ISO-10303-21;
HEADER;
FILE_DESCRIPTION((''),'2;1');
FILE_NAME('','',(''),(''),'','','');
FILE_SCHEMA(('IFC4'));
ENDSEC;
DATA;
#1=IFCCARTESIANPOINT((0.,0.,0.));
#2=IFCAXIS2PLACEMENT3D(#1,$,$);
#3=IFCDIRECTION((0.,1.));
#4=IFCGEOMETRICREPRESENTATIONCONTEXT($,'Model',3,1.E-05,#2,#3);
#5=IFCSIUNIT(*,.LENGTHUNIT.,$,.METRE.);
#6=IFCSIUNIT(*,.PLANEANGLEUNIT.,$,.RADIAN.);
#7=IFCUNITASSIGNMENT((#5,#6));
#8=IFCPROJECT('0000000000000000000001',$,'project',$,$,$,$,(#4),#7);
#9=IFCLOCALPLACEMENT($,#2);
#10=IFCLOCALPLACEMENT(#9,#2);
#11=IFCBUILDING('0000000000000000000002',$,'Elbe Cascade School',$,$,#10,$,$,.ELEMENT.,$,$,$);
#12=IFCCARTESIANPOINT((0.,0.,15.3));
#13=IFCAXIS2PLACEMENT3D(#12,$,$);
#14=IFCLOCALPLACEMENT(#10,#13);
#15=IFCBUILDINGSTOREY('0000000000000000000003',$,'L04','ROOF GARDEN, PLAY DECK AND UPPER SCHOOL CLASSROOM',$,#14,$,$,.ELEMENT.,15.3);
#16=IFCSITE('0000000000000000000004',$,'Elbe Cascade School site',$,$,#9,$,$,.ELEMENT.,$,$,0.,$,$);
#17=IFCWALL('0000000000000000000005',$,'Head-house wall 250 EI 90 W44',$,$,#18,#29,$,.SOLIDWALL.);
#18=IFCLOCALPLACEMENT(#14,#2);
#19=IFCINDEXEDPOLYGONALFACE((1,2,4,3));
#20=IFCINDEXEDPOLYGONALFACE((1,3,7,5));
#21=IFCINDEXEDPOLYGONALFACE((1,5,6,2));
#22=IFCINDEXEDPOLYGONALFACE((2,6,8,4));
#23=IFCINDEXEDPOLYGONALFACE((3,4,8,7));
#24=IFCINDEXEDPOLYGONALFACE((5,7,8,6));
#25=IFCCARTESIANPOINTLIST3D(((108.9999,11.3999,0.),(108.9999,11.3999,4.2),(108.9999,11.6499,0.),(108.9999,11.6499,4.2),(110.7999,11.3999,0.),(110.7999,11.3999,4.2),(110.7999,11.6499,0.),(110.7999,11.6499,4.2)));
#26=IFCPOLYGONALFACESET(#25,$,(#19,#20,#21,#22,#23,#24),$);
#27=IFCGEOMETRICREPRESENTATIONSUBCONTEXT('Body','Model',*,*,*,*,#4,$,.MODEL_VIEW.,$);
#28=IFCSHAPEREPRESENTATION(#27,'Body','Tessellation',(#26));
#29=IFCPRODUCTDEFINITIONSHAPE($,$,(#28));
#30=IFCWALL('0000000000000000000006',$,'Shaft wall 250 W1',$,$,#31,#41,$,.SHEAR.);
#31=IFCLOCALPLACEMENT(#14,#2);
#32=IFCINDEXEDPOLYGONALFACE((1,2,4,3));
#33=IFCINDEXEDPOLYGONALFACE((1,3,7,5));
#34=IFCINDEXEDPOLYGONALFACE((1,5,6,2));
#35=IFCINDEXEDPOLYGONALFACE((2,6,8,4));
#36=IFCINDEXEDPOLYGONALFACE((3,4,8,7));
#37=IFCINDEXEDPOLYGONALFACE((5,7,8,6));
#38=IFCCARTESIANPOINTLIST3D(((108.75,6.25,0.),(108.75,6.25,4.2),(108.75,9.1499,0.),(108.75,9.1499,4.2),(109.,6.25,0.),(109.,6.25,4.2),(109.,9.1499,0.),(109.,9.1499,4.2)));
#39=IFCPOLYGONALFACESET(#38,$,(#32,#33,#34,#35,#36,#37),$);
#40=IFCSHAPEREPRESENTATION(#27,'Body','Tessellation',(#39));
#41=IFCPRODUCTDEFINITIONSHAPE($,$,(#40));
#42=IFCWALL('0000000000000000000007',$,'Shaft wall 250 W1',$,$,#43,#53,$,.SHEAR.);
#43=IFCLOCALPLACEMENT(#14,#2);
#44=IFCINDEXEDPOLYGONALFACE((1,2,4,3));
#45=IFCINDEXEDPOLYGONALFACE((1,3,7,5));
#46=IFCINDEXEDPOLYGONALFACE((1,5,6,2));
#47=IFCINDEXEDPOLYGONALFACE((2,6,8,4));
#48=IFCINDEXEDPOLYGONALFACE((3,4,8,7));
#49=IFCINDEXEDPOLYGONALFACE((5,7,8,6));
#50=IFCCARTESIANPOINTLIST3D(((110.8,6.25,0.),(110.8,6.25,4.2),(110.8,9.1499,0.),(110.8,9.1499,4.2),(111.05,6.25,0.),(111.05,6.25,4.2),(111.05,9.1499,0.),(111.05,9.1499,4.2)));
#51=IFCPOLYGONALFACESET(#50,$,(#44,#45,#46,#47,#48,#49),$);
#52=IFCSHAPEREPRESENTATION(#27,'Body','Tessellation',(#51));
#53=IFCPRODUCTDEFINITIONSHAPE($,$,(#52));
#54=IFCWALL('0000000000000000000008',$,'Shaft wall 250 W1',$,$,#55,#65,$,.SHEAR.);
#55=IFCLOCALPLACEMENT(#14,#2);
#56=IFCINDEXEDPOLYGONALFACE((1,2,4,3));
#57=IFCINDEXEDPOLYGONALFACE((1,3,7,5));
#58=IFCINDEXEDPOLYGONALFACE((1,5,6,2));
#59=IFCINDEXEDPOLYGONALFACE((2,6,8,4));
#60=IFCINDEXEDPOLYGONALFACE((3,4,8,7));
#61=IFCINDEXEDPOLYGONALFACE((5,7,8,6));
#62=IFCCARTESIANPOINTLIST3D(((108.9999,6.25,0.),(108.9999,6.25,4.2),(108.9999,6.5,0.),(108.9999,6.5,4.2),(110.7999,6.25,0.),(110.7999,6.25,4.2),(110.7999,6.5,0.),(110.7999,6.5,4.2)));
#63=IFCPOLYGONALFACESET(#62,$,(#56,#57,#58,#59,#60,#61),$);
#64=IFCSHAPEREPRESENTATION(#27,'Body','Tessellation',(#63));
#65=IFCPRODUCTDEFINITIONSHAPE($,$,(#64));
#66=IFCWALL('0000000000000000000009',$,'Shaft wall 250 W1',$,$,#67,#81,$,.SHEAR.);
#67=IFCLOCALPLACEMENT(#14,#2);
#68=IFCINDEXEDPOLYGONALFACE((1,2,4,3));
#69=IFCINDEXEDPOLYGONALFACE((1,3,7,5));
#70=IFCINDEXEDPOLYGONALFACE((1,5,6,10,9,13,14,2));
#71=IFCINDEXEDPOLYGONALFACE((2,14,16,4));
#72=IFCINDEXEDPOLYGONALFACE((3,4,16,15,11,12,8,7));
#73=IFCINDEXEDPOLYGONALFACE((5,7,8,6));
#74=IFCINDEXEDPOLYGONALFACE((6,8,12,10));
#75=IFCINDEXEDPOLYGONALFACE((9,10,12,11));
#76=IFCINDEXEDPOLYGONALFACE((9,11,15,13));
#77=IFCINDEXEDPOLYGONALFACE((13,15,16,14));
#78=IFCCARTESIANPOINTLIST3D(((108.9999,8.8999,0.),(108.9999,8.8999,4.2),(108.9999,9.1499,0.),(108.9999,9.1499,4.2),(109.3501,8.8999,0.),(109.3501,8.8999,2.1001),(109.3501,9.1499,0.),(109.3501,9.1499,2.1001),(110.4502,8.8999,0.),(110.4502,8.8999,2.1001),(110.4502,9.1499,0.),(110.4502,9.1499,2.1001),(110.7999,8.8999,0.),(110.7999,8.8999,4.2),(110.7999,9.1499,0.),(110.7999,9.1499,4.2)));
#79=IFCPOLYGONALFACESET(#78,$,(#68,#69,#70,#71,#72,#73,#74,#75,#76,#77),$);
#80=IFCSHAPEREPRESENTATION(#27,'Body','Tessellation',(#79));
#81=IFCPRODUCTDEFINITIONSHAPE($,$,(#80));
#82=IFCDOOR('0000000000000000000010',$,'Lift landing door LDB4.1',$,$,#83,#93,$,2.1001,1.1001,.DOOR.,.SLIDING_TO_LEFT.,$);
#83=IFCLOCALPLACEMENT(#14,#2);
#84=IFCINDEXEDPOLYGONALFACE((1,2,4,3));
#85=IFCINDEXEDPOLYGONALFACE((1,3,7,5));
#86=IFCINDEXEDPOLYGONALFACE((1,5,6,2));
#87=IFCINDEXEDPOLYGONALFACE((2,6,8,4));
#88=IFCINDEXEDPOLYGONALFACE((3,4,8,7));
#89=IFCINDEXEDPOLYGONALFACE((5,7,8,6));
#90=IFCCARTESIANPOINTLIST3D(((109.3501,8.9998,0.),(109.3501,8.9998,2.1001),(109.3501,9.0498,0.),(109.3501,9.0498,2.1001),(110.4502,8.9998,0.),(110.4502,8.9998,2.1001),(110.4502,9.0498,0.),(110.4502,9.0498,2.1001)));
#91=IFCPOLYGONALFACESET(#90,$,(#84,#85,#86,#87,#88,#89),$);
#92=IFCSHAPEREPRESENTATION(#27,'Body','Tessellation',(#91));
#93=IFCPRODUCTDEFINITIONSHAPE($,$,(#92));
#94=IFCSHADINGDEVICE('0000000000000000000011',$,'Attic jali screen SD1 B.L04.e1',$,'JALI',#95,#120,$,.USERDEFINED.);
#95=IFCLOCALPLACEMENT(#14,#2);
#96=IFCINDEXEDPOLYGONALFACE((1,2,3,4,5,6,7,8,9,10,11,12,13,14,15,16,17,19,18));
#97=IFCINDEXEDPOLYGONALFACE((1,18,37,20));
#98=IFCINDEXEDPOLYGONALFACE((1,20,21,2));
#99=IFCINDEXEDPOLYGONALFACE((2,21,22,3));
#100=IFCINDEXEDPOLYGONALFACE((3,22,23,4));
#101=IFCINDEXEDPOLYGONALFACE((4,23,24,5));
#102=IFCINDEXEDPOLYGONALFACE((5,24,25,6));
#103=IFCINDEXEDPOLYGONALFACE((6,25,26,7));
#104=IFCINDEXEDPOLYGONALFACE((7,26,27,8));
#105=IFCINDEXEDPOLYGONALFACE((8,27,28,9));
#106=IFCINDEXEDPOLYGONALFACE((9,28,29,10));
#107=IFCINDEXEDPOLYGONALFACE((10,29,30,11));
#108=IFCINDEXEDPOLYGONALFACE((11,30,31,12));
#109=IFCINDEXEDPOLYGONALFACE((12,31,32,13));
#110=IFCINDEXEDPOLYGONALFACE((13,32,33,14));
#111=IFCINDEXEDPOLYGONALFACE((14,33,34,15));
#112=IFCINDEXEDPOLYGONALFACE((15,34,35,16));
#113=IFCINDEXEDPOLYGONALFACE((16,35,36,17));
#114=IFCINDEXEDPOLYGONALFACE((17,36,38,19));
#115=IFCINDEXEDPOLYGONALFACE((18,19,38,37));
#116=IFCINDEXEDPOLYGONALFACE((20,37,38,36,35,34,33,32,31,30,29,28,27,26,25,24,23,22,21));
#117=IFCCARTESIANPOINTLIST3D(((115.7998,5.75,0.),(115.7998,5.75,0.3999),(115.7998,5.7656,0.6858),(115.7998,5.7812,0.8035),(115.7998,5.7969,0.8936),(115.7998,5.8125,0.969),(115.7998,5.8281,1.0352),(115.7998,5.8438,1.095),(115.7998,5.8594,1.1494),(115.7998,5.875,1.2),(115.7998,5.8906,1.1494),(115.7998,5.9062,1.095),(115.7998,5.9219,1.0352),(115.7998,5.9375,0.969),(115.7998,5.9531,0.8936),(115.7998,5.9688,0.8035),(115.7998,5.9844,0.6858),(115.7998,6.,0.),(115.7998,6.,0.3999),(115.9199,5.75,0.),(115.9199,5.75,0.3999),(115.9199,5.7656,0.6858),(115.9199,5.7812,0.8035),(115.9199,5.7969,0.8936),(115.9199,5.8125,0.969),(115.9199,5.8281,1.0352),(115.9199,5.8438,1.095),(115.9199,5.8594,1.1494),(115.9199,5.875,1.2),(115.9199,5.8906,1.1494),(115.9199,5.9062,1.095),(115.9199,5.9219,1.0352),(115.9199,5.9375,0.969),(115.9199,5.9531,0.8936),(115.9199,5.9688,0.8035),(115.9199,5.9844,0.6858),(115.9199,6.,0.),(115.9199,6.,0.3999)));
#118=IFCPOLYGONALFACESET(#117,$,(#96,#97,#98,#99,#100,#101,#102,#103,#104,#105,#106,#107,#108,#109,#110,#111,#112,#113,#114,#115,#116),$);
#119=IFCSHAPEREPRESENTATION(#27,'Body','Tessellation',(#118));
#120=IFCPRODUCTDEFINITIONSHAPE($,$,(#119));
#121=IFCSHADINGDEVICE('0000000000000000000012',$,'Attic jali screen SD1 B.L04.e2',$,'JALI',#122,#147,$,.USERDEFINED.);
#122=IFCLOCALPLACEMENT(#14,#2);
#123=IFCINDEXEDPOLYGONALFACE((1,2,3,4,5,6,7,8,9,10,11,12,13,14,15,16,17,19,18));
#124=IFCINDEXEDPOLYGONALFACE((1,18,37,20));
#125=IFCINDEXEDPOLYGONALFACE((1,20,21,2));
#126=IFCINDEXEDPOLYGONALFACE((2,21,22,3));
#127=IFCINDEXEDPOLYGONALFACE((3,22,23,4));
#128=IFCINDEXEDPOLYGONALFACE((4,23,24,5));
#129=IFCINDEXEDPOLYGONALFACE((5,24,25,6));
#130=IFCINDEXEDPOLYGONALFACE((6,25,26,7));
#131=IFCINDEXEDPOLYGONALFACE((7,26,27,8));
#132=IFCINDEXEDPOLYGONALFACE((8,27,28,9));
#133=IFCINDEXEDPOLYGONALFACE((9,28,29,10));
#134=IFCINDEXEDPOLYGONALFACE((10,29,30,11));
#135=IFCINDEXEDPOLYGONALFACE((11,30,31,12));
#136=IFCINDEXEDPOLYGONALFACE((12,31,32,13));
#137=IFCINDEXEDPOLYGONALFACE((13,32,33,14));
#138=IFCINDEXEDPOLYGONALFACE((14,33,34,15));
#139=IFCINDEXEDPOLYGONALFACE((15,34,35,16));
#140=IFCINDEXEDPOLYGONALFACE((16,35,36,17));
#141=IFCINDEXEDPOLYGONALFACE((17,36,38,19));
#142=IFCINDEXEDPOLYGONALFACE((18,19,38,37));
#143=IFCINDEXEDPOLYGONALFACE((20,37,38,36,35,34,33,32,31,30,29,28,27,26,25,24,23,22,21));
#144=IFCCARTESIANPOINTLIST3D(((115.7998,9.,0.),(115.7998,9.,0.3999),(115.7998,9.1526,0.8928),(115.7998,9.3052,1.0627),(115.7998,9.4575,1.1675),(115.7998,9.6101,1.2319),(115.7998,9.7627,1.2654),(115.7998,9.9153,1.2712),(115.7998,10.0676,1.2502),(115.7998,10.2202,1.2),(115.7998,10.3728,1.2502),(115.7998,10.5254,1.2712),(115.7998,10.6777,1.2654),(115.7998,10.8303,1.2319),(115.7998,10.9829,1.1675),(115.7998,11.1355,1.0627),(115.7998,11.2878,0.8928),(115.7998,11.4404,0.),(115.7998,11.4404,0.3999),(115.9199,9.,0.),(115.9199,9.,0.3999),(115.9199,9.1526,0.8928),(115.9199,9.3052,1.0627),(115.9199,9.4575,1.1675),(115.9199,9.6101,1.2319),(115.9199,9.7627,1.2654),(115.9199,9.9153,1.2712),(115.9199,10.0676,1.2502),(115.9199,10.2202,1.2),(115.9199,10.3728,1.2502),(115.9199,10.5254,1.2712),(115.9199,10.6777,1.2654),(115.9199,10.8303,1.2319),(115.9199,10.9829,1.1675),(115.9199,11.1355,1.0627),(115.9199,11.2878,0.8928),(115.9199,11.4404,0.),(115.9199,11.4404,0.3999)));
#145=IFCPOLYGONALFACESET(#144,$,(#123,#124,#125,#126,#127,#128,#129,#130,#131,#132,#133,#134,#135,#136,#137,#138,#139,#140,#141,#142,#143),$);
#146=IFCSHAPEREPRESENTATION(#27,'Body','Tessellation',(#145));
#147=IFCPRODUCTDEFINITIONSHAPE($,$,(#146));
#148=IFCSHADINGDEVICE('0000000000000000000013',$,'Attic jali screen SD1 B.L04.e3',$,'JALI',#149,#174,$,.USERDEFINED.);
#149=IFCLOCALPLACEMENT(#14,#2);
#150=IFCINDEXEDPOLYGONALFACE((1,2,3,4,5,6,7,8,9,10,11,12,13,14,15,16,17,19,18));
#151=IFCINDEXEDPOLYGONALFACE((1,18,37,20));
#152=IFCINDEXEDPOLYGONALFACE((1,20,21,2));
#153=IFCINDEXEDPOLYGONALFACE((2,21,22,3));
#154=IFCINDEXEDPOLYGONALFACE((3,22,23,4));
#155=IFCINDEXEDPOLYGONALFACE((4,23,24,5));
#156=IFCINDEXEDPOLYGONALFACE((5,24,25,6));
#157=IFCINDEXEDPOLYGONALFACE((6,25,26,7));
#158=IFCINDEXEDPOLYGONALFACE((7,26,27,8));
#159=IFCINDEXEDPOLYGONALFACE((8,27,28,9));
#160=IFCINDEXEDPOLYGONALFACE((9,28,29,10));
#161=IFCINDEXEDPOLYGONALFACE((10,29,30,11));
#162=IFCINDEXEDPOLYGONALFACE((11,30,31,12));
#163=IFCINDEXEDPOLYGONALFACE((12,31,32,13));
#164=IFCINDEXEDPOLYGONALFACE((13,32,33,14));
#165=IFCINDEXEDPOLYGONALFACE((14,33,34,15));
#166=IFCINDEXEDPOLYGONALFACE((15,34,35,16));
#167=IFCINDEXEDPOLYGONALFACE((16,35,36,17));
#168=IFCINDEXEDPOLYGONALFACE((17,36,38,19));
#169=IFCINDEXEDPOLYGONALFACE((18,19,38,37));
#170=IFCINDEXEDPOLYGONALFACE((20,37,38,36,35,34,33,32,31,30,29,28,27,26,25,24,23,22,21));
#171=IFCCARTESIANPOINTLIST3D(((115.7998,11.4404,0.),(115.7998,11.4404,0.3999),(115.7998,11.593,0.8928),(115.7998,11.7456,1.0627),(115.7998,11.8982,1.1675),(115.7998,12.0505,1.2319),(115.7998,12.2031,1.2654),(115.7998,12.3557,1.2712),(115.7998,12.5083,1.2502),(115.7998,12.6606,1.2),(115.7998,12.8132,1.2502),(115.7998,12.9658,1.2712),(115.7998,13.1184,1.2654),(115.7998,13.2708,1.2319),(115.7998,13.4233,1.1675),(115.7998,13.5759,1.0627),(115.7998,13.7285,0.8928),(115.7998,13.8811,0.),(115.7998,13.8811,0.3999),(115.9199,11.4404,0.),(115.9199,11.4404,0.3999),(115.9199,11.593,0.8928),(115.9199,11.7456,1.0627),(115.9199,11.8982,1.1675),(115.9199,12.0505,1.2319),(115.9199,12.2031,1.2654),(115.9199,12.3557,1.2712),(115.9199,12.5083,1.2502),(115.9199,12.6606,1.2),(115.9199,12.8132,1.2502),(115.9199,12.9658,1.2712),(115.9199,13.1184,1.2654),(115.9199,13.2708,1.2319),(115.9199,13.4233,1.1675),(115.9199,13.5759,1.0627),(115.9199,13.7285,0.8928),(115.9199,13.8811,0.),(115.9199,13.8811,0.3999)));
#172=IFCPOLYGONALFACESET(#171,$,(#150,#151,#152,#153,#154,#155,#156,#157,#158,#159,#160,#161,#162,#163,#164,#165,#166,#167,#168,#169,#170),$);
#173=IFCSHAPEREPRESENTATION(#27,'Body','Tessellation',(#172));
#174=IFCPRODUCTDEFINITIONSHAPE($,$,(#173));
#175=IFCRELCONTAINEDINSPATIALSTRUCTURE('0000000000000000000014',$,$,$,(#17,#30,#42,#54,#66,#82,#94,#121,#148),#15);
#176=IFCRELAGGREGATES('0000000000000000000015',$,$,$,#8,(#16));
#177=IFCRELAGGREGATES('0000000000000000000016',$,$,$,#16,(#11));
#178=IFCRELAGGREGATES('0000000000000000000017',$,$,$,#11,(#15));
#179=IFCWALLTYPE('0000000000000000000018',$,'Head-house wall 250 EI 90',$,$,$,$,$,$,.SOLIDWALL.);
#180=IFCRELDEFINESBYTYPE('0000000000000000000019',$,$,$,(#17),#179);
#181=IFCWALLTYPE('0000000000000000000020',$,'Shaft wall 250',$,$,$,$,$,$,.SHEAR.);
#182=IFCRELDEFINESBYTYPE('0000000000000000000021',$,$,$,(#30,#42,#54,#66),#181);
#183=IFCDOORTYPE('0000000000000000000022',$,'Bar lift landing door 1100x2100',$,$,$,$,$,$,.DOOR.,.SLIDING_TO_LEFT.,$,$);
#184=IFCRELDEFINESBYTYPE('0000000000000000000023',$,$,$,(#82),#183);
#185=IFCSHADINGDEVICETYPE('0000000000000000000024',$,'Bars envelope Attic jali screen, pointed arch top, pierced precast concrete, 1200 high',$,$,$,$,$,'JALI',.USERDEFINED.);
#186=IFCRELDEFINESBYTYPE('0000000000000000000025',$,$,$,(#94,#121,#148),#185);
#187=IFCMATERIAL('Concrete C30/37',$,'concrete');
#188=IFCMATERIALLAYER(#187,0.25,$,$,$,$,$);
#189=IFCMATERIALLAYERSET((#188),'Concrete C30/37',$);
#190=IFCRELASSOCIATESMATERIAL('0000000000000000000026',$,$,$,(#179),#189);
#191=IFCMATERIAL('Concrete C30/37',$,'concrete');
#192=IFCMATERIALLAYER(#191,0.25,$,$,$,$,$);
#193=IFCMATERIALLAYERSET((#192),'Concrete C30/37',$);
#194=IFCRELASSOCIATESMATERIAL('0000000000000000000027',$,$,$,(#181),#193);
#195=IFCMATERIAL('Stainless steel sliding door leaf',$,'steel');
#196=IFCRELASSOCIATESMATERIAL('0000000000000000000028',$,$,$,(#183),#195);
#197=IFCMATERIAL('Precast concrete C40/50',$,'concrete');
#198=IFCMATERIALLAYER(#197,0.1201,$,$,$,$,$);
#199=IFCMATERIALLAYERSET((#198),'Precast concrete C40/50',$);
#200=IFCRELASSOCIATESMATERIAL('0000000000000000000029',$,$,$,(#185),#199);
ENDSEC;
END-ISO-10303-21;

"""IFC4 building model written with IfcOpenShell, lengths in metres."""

from ifc_helpers import new_model, si_unit, direction, frame, frame_2d, origin, place, context, subcontext, project, spatial, polyline, rectangle, outline, extrude, material, layer, layer_set, type_object, element, fill, save


model = new_model("IFC4")

# Units and contexts
model_context = context("Model", 3, precision=1e-05, world=origin(), true_north=direction((0.0, 1.0)))
body_context = subcontext(model_context, "Body", "Model", "MODEL_VIEW")
ifc_project = project(units=[si_unit("LENGTHUNIT", "METRE"), si_unit("PLANEANGLEUNIT", "RADIAN")], contexts=[model_context])

# Site, building, storey
site_placement = place(None, origin())
site = spatial("IfcSite", under=ifc_project, at=site_placement, Name="Elbe Cascade School site", CompositionType="ELEMENT", RefElevation=0.0)
building_placement = place(site_placement, origin())
building = spatial("IfcBuilding", under=site, at=building_placement, Name="Elbe Cascade School", CompositionType="ELEMENT")
storey_placement = place(building_placement, frame((0.0, 0.0, 15.3)))
storey = spatial("IfcBuildingStorey", under=building, at=storey_placement, Name="L04", Description="ROOF GARDEN, PLAY DECK AND UPPER SCHOOL CLASSROOM", CompositionType="ELEMENT", Elevation=15.3)

# Shared definitions
ifc_material_1 = material(Name="Concrete C30/37", Category="concrete")
ifc_layer_1 = layer(ifc_material_1, 0.25)
ifc_layer_set_1 = layer_set([ifc_layer_1], Name="Concrete C30/37")
wall_type_1 = type_object("IfcWallType", Name="Head-house wall 250 EI 90", PredefinedType="SOLIDWALL", material=ifc_layer_set_1)

# Walls
wall_1_placement = place(storey_placement, frame((109.0, 11.5249, 0.0), z_axis=(0.0, 0.0, 1.0), x_axis=(1.0, 0.0, 0.0)))
element("IfcWall", 1, at=wall_1_placement, inside=storey, type_object=wall_type_1, Name="Head-house wall 250 EI 90 W44", PredefinedType="SOLIDWALL", context=body_context, shape_type="SweptSolid", body=[
    extrude(rectangle(XDim=1.8, YDim=0.25, at=frame_2d((0.8999, 0.0))), origin(), (0.0, 0.0, 1.0), 4.2),
])
ifc_material_2 = material(Name="Concrete C30/37", Category="concrete")
ifc_layer_2 = layer(ifc_material_2, 0.25)
ifc_layer_set_2 = layer_set([ifc_layer_2], Name="Concrete C30/37")
wall_type_2 = type_object("IfcWallType", Name="Shaft wall 250", PredefinedType="SHEAR", material=ifc_layer_set_2)
for number, where, z_axis, x_axis, name in (
    (2, (108.875, 6.25, 0.0), (0.0, 0.0, 1.0), (0.0, 1.0, 0.0), "Shaft wall 250 W1"),
    (3, (110.925, 6.25, 0.0), (0.0, 0.0, 1.0), (0.0, 1.0, 0.0), "Shaft wall 250 W1"),
):
    element("IfcWall", number, at=place(storey_placement, frame(where, z_axis=z_axis, x_axis=x_axis)), inside=storey, type_object=wall_type_2, Name=name, PredefinedType="SHEAR", context=body_context, shape_type="SweptSolid", body=[
        extrude(rectangle(XDim=2.8999, YDim=0.25, at=frame_2d((1.45, 0.0))), origin(), (0.0, 0.0, 1.0), 4.2),
    ])
wall_2_placement = place(storey_placement, frame((109.0, 6.375, 0.0), z_axis=(0.0, 0.0, 1.0), x_axis=(1.0, 0.0, 0.0)))
element("IfcWall", 4, at=wall_2_placement, inside=storey, type_object=wall_type_2, Name="Shaft wall 250 W1", PredefinedType="SHEAR", context=body_context, shape_type="SweptSolid", body=[
    extrude(rectangle(XDim=1.8, YDim=0.25, at=frame_2d((0.8999, 0.0))), origin(), (0.0, 0.0, 1.0), 4.2),
])

# Wall, opening, door
wall_3_placement = place(storey_placement, frame((109.0, 9.0249, 0.0), z_axis=(0.0, 0.0, 1.0), x_axis=(1.0, 0.0, 0.0)))
wall_3 = element("IfcWall", 5, at=wall_3_placement, inside=storey, type_object=wall_type_2, Name="Shaft wall 250 W1", PredefinedType="SHEAR", context=body_context, shape_type="SweptSolid", body=[
    extrude(rectangle(XDim=1.8, YDim=0.25, at=frame_2d((0.8999, 0.0))), origin(), (0.0, 0.0, 1.0), 4.2),
])
opening_1_placement = place(wall_3_placement, frame((0.3501, 0.0, 0.0)))
opening_1 = element("IfcOpeningElement", 6, at=opening_1_placement, cuts=wall_3, PredefinedType="OPENING", context=body_context, shape_type="SweptSolid", body=[
    extrude(rectangle(XDim=1.1001, YDim=2.1001, at=frame_2d((0.55, 1.05))), frame((0.0, 0.135, 0.0), z_axis=(0.0, -1.0, 0.0), x_axis=(1.0, 0.0, 0.0)), (0.0, 0.0, 1.0), 0.27),
])
ifc_material_3 = material(Name="Stainless steel sliding door leaf", Category="steel")
door_type_1 = type_object("IfcDoorType", Name="Bar lift landing door 1100x2100", OperationType="SLIDING_TO_LEFT", PredefinedType="DOOR", material=ifc_material_3)
door_1_placement = place(opening_1_placement, origin())
door_1 = element("IfcDoor", 7, at=door_1_placement, inside=storey, type_object=door_type_1, Name="Lift landing door LDB4.1", OperationType="SLIDING_TO_LEFT", OverallHeight=2.1001, OverallWidth=1.1001, PredefinedType="DOOR", context=body_context, shape_type="SweptSolid", body=[
    extrude(rectangle(XDim=1.1001, YDim=2.1001, at=frame_2d((0.55, 1.05))), frame((0.0, 0.0249, 0.0), z_axis=(0.0, -1.0, 0.0), x_axis=(1.0, 0.0, 0.0)), (0.0, 0.0, 1.0), 0.05),
])
fill(opening_1, door_1)

# Shading devices
ifc_material_4 = material(Name="Precast concrete C40/50", Category="concrete")
ifc_layer_3 = layer(ifc_material_4, 0.1201)
ifc_layer_set_3 = layer_set([ifc_layer_3], Name="Precast concrete C40/50")
shading_device_type = type_object("IfcShadingDeviceType", Name="Bars envelope Attic jali screen, pointed arch top, pierced precast concrete, 1200 high", ElementType="JALI", PredefinedType="USERDEFINED", material=ifc_layer_set_3)
shading_device_1_placement = place(storey_placement, frame((115.9199, 5.75, 0.0), z_axis=(1.0, 0.0, 0.0), x_axis=(0.0, 1.0, 0.0)))
element("IfcShadingDevice", 8, at=shading_device_1_placement, inside=storey, type_object=shading_device_type, Name="Attic jali screen SD1 B.L04.e1", ObjectType="JALI", PredefinedType="USERDEFINED", context=body_context, shape_type="SweptSolid", body=[
    extrude(outline(polyline([(0.0, 0.0), (0.25, 0.0), (0.25, 0.3999), (0.2344, 0.6858), (0.2188, 0.8035), (0.2031, 0.8936), (0.1875, 0.969), (0.1719, 1.0352), (0.1562, 1.095), (0.1406, 1.1494), (0.125, 1.2), (0.1094, 1.1494), (0.0938, 1.095), (0.0781, 1.0352), (0.0625, 0.969), (0.0469, 0.8936), (0.0312, 0.8035), (0.0156, 0.6858), (0.0, 0.3999), (0.0, 0.0)])), origin(), (0.0, 0.0, -1.0), 0.1201),
])
shading_device_2_placement = place(storey_placement, frame((115.9199, 9.0, 0.0), z_axis=(1.0, 0.0, 0.0), x_axis=(0.0, 1.0, 0.0)))
element("IfcShadingDevice", 9, at=shading_device_2_placement, inside=storey, type_object=shading_device_type, Name="Attic jali screen SD1 B.L04.e2", ObjectType="JALI", PredefinedType="USERDEFINED", context=body_context, shape_type="SweptSolid", body=[
    extrude(outline(polyline([(0.0, 0.0), (2.4404, 0.0), (2.4404, 0.3999), (2.2878, 0.8928), (2.1355, 1.0627), (1.9829, 1.1675), (1.8303, 1.2319), (1.6777, 1.2654), (1.5254, 1.2712), (1.3728, 1.2502), (1.2202, 1.2), (1.0676, 1.2502), (0.9153, 1.2712), (0.7627, 1.2654), (0.6101, 1.2319), (0.4575, 1.1675), (0.3052, 1.0627), (0.1526, 0.8928), (0.0, 0.3999), (0.0, 0.0)])), origin(), (0.0, 0.0, -1.0), 0.1201),
])
shading_device_3_placement = place(storey_placement, frame((115.9199, 11.4404, 0.0), z_axis=(1.0, 0.0, 0.0), x_axis=(0.0, 1.0, 0.0)))
element("IfcShadingDevice", 10, at=shading_device_3_placement, inside=storey, type_object=shading_device_type, Name="Attic jali screen SD1 B.L04.e3", ObjectType="JALI", PredefinedType="USERDEFINED", context=body_context, shape_type="SweptSolid", body=[
    extrude(outline(polyline([(0.0, 0.0), (2.4407, 0.0), (2.4407, 0.3999), (2.2881, 0.8928), (2.1355, 1.0627), (1.9829, 1.1675), (1.8303, 1.2319), (1.678, 1.2654), (1.5254, 1.2712), (1.3728, 1.2502), (1.2202, 1.2), (1.0679, 1.2502), (0.9153, 1.2712), (0.7627, 1.2654), (0.6101, 1.2319), (0.4578, 1.1675), (0.3052, 1.0627), (0.1526, 0.8928), (0.0, 0.3999), (0.0, 0.0)])), origin(), (0.0, 0.0, -1.0), 0.1201),
])

save(model, "model.ifc")
